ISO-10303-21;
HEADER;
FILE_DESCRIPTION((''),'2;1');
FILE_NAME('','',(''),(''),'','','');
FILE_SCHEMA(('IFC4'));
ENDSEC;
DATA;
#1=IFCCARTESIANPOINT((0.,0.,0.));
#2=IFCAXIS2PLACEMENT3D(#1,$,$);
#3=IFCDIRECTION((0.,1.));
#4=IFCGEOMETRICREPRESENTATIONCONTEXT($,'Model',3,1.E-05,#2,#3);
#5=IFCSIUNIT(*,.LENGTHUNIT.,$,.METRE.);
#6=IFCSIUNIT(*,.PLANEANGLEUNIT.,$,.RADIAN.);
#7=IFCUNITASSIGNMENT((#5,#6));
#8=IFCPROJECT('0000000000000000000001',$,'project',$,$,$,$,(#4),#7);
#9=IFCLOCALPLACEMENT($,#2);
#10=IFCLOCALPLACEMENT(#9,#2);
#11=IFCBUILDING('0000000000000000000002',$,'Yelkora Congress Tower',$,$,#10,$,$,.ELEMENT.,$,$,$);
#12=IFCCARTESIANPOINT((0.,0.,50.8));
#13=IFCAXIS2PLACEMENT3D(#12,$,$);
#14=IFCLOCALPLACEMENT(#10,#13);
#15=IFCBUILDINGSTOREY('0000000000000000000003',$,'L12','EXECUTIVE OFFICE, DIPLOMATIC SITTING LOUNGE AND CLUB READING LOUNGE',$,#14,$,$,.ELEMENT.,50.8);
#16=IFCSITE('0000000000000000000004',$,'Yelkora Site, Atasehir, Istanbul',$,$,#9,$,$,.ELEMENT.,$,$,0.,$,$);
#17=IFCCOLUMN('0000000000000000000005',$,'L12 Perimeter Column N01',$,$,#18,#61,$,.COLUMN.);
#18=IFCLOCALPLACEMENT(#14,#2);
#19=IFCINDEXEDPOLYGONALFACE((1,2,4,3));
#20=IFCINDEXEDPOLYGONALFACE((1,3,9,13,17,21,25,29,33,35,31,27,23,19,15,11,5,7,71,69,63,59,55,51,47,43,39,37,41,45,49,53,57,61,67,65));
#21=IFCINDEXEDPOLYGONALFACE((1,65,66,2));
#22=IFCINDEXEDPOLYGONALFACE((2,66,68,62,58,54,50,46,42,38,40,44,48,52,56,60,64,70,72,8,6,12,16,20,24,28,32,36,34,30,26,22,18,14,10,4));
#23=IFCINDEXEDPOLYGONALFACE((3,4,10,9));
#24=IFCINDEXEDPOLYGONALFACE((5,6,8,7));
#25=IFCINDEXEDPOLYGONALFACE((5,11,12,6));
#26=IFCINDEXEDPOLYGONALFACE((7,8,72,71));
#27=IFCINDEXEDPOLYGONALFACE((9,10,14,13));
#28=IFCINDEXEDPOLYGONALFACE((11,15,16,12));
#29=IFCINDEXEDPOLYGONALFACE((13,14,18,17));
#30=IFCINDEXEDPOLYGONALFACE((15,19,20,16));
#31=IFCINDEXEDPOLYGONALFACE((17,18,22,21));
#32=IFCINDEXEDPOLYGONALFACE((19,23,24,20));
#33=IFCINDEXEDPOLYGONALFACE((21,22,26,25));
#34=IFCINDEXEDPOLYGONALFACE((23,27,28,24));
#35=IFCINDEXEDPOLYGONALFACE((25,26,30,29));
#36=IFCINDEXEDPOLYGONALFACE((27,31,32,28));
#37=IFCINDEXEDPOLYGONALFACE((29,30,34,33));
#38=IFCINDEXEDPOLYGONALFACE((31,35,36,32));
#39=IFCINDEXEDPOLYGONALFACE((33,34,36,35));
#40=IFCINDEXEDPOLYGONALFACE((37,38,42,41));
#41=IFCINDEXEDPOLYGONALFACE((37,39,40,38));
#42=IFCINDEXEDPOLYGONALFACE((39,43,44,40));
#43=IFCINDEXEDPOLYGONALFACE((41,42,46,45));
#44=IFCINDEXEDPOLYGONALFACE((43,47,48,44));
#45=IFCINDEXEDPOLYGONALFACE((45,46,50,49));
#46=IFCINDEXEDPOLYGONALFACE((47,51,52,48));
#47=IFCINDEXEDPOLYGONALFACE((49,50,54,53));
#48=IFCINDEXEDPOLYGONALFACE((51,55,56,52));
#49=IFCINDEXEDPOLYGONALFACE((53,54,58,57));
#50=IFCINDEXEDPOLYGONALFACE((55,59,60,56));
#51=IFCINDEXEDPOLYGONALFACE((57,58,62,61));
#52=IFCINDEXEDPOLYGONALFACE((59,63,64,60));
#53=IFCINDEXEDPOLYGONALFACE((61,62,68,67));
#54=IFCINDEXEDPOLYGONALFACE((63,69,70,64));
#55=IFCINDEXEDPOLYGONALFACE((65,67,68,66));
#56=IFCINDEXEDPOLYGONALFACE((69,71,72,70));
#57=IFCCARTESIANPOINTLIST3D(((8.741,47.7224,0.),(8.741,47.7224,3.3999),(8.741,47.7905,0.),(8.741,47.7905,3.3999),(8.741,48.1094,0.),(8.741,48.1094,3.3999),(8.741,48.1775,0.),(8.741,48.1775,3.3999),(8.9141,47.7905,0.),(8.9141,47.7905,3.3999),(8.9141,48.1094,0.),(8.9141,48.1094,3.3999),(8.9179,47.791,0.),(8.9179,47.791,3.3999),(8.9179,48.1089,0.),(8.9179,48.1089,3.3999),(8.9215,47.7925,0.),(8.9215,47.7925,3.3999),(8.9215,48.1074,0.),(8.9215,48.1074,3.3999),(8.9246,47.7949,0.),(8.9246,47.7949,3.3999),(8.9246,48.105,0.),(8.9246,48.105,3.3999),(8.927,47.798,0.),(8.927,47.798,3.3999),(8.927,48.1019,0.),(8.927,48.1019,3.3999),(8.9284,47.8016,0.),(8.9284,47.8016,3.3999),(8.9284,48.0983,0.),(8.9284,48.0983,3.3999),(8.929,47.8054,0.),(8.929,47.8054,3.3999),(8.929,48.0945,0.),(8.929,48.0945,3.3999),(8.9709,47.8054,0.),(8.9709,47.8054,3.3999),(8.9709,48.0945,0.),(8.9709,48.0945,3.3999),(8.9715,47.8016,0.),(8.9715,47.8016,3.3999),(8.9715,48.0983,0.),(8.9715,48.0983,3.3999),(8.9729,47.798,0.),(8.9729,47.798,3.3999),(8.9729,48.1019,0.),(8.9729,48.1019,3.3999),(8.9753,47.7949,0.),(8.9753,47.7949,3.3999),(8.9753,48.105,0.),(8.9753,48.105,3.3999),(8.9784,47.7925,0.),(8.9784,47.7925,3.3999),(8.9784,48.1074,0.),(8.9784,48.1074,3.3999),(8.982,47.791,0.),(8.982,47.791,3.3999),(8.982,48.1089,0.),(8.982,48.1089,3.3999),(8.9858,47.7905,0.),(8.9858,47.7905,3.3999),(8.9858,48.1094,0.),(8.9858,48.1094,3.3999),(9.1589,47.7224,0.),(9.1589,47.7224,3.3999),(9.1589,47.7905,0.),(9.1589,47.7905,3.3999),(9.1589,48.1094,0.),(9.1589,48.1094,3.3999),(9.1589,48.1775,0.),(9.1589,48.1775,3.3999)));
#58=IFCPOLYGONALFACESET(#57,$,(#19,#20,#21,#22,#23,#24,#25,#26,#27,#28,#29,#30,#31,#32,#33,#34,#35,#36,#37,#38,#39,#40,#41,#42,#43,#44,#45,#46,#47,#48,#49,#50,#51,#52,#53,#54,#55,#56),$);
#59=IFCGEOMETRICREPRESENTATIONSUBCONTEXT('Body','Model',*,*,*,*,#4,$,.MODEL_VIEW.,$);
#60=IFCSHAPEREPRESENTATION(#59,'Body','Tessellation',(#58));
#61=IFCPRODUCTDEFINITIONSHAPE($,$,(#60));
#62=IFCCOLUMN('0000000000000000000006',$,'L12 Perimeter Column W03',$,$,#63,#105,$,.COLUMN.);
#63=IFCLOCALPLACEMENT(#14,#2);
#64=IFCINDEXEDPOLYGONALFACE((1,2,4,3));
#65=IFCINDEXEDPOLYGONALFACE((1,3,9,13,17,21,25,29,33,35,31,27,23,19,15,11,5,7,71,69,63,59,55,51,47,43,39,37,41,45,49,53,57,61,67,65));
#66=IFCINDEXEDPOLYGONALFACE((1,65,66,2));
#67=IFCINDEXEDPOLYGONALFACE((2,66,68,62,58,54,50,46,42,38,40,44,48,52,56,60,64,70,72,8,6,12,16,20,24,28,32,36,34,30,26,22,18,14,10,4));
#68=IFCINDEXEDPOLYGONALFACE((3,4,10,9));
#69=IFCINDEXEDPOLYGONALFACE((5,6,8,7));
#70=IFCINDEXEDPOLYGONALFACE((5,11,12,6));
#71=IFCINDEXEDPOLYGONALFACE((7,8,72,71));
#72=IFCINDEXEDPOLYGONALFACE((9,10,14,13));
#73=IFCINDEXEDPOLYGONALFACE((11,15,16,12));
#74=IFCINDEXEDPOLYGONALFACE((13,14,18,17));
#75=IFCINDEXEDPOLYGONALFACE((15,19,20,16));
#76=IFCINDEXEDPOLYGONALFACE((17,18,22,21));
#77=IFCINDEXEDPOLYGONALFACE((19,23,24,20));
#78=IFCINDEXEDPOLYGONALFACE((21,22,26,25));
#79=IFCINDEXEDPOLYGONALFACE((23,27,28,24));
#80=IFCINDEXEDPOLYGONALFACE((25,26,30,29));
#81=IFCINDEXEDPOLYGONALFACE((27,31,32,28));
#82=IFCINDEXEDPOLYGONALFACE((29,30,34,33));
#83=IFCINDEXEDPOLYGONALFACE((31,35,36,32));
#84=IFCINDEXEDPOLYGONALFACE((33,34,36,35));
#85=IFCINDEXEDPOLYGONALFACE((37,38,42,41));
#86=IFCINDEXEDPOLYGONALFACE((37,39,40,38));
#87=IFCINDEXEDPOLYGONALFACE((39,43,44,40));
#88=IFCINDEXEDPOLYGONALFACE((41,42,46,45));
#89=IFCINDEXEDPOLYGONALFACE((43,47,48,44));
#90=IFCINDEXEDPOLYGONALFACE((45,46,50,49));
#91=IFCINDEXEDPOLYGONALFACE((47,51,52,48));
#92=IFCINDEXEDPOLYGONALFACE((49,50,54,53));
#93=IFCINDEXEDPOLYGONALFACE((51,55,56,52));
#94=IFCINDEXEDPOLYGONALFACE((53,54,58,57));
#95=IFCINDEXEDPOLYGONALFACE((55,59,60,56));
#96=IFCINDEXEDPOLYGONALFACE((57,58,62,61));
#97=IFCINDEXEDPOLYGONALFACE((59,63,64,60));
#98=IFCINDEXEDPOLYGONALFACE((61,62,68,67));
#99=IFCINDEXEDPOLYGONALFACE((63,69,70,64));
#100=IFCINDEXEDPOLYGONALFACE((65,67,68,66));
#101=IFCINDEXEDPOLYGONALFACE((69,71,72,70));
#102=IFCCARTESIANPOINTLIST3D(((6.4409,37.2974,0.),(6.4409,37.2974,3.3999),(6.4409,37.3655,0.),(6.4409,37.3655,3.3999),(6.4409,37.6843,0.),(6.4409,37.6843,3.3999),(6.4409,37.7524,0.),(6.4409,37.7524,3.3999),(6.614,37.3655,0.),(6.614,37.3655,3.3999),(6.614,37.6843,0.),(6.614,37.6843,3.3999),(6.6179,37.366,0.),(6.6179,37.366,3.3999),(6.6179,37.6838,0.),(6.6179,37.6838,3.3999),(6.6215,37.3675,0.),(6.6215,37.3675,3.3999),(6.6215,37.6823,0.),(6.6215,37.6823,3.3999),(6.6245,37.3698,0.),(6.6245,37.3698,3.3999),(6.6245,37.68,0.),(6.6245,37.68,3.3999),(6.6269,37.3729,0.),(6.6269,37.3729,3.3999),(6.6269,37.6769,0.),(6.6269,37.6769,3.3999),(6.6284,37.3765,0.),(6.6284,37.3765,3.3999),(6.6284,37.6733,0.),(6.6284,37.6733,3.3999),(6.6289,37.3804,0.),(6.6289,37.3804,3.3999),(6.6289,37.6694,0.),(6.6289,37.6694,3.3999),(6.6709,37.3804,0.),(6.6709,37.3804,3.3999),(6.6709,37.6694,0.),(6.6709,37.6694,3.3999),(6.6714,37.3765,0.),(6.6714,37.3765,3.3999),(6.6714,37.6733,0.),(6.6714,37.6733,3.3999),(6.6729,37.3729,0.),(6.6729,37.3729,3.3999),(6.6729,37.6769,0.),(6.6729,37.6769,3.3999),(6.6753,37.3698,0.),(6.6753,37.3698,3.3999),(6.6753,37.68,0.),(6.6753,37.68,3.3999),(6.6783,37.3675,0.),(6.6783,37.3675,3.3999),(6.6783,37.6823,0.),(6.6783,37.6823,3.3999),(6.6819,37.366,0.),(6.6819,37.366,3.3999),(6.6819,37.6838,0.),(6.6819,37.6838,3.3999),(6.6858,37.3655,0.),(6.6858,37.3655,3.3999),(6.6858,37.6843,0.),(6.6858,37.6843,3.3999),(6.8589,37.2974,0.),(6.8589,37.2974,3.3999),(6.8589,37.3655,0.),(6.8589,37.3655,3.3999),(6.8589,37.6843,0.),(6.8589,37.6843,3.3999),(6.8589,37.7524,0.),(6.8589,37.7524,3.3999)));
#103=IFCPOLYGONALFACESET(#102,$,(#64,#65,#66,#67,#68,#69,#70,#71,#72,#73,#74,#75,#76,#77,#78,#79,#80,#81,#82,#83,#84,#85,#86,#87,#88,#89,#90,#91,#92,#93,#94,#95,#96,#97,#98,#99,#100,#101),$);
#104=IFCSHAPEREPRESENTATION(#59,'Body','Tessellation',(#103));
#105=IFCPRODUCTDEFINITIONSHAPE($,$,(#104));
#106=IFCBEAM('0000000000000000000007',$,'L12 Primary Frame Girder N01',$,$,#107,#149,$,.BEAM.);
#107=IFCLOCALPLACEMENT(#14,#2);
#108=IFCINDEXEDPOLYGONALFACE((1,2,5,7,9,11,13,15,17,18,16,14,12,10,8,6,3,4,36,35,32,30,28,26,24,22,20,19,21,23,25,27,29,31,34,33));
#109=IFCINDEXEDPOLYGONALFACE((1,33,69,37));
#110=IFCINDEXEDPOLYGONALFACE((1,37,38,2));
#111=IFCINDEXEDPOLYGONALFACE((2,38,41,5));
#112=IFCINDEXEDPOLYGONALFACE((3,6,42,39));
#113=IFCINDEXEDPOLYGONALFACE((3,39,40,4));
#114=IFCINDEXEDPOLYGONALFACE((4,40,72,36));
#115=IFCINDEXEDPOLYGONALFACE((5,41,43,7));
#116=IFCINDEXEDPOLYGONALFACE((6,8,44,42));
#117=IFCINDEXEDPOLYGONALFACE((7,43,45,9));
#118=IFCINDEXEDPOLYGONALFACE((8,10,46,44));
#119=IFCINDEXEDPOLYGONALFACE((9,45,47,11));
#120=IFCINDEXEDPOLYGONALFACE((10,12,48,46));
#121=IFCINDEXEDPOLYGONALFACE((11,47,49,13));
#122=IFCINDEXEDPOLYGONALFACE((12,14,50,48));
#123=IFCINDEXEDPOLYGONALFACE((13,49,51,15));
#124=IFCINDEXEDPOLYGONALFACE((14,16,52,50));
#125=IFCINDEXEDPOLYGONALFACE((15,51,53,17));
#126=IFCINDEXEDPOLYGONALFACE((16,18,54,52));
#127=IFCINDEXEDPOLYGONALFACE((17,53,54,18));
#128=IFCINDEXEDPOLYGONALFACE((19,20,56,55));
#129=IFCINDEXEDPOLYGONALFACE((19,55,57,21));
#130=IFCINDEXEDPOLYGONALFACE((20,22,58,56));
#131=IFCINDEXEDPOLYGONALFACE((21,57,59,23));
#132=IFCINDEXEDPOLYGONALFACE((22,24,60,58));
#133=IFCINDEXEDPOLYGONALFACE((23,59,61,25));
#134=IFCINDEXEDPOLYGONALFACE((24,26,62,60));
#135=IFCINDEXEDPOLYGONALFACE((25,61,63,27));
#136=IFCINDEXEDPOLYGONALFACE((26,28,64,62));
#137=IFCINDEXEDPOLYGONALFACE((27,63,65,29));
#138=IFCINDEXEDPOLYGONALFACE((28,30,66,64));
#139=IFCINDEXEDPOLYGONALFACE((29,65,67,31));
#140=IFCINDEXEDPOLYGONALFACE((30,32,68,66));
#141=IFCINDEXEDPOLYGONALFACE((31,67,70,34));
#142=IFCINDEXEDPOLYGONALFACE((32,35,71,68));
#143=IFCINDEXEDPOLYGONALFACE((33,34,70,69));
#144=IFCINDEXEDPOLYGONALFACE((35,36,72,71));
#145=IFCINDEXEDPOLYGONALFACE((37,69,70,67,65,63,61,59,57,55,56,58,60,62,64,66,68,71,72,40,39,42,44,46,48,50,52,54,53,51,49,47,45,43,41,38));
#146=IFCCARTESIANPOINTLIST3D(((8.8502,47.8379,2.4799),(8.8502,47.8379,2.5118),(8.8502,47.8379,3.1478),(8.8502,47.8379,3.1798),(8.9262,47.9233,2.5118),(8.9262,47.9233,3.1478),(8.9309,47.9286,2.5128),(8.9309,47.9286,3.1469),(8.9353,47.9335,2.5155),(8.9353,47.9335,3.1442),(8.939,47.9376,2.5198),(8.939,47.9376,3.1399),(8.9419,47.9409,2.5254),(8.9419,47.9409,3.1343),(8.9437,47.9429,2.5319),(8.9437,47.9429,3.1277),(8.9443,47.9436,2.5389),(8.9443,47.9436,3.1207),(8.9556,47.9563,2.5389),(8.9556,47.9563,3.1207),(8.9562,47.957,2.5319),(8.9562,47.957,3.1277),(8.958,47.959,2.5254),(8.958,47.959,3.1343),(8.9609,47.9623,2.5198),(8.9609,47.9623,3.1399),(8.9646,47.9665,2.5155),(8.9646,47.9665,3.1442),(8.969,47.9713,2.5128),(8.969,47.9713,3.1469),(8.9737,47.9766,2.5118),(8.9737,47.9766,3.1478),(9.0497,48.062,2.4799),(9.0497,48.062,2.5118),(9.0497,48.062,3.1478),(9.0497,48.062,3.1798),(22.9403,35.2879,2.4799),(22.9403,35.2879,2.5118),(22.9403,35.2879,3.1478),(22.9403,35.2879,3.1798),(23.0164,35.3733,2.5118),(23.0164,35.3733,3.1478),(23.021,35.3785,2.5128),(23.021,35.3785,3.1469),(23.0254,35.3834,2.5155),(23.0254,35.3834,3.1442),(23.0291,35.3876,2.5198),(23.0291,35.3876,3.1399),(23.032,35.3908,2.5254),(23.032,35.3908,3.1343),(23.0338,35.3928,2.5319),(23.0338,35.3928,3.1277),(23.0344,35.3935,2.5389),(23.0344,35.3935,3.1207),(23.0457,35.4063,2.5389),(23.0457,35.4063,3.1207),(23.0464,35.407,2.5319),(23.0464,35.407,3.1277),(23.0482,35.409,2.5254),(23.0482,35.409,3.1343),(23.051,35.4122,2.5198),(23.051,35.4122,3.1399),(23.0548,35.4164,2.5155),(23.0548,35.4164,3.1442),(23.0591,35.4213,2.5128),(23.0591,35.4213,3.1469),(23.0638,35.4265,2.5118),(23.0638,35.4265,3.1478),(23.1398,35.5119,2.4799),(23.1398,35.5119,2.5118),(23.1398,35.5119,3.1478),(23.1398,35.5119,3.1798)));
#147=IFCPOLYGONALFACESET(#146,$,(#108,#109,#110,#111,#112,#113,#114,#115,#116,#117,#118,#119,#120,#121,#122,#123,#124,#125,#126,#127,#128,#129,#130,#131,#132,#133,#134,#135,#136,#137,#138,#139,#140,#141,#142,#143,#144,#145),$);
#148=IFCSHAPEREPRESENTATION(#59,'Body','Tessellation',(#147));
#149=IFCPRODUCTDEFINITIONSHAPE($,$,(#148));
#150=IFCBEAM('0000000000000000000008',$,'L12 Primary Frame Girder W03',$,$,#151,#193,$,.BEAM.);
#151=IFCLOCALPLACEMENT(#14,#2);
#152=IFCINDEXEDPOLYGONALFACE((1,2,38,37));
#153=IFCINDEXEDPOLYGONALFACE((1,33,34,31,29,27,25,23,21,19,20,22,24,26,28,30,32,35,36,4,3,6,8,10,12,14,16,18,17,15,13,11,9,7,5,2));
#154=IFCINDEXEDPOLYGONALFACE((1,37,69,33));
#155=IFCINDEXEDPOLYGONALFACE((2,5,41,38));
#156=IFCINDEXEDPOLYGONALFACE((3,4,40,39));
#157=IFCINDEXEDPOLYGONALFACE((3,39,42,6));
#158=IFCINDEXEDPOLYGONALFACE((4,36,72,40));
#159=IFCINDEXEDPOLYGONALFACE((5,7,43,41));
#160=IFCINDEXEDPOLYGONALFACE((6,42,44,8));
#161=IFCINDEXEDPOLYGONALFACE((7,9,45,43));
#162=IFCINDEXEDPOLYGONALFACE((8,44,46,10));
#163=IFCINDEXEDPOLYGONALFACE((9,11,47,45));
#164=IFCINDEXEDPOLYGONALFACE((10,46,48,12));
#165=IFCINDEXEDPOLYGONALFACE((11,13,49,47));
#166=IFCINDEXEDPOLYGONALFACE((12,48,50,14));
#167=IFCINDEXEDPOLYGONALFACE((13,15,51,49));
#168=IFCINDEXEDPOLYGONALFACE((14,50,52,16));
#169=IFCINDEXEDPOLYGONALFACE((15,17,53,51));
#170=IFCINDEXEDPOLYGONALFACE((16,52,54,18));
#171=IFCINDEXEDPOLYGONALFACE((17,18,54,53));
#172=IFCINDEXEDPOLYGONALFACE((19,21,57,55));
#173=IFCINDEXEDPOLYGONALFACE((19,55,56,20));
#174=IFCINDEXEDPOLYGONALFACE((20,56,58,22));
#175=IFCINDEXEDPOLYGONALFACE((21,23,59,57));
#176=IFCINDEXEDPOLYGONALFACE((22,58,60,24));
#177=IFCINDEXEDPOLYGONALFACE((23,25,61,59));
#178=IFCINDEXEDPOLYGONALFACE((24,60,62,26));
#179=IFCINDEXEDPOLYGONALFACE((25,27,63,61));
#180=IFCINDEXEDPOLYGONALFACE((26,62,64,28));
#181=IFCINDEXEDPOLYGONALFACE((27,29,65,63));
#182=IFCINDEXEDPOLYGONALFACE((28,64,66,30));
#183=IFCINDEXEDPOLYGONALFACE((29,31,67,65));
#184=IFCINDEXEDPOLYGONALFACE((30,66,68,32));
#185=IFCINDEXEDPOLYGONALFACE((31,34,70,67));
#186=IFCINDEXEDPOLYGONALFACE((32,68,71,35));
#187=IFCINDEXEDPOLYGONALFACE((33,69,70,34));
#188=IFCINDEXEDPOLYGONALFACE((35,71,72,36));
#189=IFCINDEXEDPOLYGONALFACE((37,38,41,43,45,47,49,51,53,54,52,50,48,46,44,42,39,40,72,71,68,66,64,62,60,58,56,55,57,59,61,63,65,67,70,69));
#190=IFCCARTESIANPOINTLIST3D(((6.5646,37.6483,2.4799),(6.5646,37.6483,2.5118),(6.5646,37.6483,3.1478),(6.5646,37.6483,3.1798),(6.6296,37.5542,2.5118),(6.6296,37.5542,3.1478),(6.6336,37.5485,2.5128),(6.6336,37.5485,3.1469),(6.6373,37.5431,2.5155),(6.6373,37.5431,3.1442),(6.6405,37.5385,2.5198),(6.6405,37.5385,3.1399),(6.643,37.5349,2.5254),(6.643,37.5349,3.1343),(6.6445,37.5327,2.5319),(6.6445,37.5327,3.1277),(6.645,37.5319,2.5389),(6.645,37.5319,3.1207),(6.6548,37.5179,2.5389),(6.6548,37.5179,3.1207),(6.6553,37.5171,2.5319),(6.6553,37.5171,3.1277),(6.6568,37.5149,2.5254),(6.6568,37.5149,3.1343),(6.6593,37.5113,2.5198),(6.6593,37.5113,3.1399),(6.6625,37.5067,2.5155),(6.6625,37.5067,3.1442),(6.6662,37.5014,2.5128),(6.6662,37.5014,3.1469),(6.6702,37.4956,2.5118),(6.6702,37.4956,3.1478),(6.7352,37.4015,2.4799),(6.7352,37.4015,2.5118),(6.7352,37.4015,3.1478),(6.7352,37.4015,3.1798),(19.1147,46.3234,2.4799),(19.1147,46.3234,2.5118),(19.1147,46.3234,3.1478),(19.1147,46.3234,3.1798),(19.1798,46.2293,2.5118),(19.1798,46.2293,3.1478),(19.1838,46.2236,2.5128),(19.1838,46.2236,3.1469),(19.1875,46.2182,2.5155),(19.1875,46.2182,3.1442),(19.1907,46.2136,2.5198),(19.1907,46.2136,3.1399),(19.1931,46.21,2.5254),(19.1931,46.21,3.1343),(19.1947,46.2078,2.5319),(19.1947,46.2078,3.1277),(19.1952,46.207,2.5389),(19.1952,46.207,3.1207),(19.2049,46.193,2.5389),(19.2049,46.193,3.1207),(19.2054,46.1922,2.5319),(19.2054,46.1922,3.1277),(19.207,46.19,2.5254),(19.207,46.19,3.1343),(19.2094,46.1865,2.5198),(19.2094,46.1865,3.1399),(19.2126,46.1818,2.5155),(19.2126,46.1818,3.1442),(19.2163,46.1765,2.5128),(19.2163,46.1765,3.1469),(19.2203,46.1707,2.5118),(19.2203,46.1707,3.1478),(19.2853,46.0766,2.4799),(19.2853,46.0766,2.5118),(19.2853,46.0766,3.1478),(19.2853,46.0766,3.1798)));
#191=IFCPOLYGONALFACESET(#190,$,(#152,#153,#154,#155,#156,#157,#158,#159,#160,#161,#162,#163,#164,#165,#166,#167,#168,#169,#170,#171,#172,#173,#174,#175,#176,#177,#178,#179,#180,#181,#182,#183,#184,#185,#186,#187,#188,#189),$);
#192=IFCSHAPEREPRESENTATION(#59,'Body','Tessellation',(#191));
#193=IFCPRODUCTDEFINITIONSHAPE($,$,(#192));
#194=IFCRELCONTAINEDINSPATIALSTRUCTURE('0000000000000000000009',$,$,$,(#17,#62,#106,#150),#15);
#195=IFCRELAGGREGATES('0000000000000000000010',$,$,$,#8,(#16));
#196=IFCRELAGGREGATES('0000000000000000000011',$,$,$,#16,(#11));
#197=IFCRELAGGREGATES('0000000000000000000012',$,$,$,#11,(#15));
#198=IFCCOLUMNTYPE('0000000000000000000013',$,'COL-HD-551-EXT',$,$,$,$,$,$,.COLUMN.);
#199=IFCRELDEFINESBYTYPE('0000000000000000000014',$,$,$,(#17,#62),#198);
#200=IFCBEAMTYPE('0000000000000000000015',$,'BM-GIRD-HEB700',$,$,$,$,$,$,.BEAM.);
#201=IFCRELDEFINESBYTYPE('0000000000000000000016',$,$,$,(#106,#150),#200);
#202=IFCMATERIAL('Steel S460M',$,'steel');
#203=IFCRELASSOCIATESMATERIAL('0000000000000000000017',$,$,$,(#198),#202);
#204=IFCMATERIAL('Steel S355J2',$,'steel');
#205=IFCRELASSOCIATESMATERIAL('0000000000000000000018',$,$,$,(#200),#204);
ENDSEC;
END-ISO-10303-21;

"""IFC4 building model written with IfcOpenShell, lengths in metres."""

from ifc_helpers import new_model, si_unit, direction, frame, origin, origin_2d, place, context, subcontext, project, spatial, i_section, extrude, material, material_profile, profile_set, type_object, element, save


model = new_model("IFC4")

# Units and contexts
model_context = context("Model", 3, precision=1e-05, world=origin(), true_north=direction((0.0, 1.0)))
body_context = subcontext(model_context, "Body", "Model", "MODEL_VIEW")
ifc_project = project(units=[si_unit("LENGTHUNIT", "METRE"), si_unit("PLANEANGLEUNIT", "RADIAN")], contexts=[model_context])

# Site, building, storey
site_placement = place(None, origin())
site = spatial("IfcSite", under=ifc_project, at=site_placement, Name="Yelkora Site, Atasehir, Istanbul", CompositionType="ELEMENT", RefElevation=0.0)
building_placement = place(site_placement, origin())
building = spatial("IfcBuilding", under=site, at=building_placement, Name="Yelkora Congress Tower", CompositionType="ELEMENT")
storey_placement = place(building_placement, frame((0.0, 0.0, 50.8)))
storey = spatial("IfcBuildingStorey", under=building, at=storey_placement, Name="L12", Description="EXECUTIVE OFFICE, DIPLOMATIC SITTING LOUNGE AND CLUB READING LOUNGE", CompositionType="ELEMENT", Elevation=50.8)

# Columns
ifc_material_1 = material(Name="Steel S460M", Category="steel")
ifc_material_profile_1 = material_profile(ifc_material_1, i_section(OverallWidth=0.418, OverallDepth=0.4551, WebThickness=0.042, FlangeThickness=0.0681, FilletRadius=0.0149, at=origin_2d()), Name="HD 400x551")
ifc_profile_set_1 = profile_set([ifc_material_profile_1], Name="Steel S460M")
column_type = type_object("IfcColumnType", Name="COL-HD-551-EXT", PredefinedType="COLUMN", material=ifc_profile_set_1)
for number, where, z_axis, x_axis, name in (
    (1, (8.95, 47.95, 0.0), (0.0, 0.0, 1.0), (1.0, 0.0, 0.0), "L12 Perimeter Column N01"),
    (2, (6.6499, 37.5249, 0.0), (0.0, 0.0, 1.0), (1.0, 0.0, 0.0), "L12 Perimeter Column W03"),
):
    element("IfcColumn", number, at=place(storey_placement, frame(where, z_axis=z_axis, x_axis=x_axis)), inside=storey, type_object=column_type, Name=name, PredefinedType="COLUMN", context=body_context, shape_type="SweptSolid", body=[
        extrude(i_section(OverallWidth=0.418, OverallDepth=0.4551, WebThickness=0.042, FlangeThickness=0.0681, FilletRadius=0.0149, at=origin_2d()), origin(), (0.0, 0.0, 1.0), 3.3999),
    ])

# Beams
ifc_material_2 = material(Name="Steel S355J2", Category="steel")
ifc_material_profile_2 = material_profile(ifc_material_2, i_section(OverallWidth=0.3, OverallDepth=0.7, WebThickness=0.0171, FlangeThickness=0.032, FilletRadius=0.0271, at=origin_2d()), Name="HEB 700")
ifc_profile_set_2 = profile_set([ifc_material_profile_2], Name="Steel S355J2")
beam_type_1 = type_object("IfcBeamType", Name="BM-GIRD-HEB700", PredefinedType="BEAM", material=ifc_profile_set_2)
beam_1_placement = place(storey_placement, frame((8.95, 47.95, 2.8298), z_axis=(0.746737, -0.665119, 0.0), x_axis=(0.665119, 0.746737, 0.0)))
element("IfcBeam", 3, at=beam_1_placement, inside=storey, type_object=beam_type_1, Name="L12 Primary Frame Girder N01", PredefinedType="BEAM", context=body_context, shape_type="SweptSolid", body=[
    extrude(i_section(OverallWidth=0.3, OverallDepth=0.7, WebThickness=0.0171, FlangeThickness=0.032, FilletRadius=0.0271, at=origin_2d()), origin(), (0.0, 0.0, 1.0), 18.8689),
])
beam_2_placement = place(storey_placement, frame((6.6499, 37.5249, 2.8298), z_axis=(0.822604, 0.568614, 0.0), x_axis=(-0.568614, 0.822604, 0.0)))
element("IfcBeam", 4, at=beam_2_placement, inside=storey, type_object=beam_type_1, Name="L12 Primary Frame Girder W03", PredefinedType="BEAM", context=body_context, shape_type="SweptSolid", body=[
    extrude(i_section(OverallWidth=0.3, OverallDepth=0.7, WebThickness=0.0171, FlangeThickness=0.032, FilletRadius=0.0271, at=origin_2d()), origin(), (0.0, 0.0, 1.0), 15.2566),
])

save(model, "model.ifc")
